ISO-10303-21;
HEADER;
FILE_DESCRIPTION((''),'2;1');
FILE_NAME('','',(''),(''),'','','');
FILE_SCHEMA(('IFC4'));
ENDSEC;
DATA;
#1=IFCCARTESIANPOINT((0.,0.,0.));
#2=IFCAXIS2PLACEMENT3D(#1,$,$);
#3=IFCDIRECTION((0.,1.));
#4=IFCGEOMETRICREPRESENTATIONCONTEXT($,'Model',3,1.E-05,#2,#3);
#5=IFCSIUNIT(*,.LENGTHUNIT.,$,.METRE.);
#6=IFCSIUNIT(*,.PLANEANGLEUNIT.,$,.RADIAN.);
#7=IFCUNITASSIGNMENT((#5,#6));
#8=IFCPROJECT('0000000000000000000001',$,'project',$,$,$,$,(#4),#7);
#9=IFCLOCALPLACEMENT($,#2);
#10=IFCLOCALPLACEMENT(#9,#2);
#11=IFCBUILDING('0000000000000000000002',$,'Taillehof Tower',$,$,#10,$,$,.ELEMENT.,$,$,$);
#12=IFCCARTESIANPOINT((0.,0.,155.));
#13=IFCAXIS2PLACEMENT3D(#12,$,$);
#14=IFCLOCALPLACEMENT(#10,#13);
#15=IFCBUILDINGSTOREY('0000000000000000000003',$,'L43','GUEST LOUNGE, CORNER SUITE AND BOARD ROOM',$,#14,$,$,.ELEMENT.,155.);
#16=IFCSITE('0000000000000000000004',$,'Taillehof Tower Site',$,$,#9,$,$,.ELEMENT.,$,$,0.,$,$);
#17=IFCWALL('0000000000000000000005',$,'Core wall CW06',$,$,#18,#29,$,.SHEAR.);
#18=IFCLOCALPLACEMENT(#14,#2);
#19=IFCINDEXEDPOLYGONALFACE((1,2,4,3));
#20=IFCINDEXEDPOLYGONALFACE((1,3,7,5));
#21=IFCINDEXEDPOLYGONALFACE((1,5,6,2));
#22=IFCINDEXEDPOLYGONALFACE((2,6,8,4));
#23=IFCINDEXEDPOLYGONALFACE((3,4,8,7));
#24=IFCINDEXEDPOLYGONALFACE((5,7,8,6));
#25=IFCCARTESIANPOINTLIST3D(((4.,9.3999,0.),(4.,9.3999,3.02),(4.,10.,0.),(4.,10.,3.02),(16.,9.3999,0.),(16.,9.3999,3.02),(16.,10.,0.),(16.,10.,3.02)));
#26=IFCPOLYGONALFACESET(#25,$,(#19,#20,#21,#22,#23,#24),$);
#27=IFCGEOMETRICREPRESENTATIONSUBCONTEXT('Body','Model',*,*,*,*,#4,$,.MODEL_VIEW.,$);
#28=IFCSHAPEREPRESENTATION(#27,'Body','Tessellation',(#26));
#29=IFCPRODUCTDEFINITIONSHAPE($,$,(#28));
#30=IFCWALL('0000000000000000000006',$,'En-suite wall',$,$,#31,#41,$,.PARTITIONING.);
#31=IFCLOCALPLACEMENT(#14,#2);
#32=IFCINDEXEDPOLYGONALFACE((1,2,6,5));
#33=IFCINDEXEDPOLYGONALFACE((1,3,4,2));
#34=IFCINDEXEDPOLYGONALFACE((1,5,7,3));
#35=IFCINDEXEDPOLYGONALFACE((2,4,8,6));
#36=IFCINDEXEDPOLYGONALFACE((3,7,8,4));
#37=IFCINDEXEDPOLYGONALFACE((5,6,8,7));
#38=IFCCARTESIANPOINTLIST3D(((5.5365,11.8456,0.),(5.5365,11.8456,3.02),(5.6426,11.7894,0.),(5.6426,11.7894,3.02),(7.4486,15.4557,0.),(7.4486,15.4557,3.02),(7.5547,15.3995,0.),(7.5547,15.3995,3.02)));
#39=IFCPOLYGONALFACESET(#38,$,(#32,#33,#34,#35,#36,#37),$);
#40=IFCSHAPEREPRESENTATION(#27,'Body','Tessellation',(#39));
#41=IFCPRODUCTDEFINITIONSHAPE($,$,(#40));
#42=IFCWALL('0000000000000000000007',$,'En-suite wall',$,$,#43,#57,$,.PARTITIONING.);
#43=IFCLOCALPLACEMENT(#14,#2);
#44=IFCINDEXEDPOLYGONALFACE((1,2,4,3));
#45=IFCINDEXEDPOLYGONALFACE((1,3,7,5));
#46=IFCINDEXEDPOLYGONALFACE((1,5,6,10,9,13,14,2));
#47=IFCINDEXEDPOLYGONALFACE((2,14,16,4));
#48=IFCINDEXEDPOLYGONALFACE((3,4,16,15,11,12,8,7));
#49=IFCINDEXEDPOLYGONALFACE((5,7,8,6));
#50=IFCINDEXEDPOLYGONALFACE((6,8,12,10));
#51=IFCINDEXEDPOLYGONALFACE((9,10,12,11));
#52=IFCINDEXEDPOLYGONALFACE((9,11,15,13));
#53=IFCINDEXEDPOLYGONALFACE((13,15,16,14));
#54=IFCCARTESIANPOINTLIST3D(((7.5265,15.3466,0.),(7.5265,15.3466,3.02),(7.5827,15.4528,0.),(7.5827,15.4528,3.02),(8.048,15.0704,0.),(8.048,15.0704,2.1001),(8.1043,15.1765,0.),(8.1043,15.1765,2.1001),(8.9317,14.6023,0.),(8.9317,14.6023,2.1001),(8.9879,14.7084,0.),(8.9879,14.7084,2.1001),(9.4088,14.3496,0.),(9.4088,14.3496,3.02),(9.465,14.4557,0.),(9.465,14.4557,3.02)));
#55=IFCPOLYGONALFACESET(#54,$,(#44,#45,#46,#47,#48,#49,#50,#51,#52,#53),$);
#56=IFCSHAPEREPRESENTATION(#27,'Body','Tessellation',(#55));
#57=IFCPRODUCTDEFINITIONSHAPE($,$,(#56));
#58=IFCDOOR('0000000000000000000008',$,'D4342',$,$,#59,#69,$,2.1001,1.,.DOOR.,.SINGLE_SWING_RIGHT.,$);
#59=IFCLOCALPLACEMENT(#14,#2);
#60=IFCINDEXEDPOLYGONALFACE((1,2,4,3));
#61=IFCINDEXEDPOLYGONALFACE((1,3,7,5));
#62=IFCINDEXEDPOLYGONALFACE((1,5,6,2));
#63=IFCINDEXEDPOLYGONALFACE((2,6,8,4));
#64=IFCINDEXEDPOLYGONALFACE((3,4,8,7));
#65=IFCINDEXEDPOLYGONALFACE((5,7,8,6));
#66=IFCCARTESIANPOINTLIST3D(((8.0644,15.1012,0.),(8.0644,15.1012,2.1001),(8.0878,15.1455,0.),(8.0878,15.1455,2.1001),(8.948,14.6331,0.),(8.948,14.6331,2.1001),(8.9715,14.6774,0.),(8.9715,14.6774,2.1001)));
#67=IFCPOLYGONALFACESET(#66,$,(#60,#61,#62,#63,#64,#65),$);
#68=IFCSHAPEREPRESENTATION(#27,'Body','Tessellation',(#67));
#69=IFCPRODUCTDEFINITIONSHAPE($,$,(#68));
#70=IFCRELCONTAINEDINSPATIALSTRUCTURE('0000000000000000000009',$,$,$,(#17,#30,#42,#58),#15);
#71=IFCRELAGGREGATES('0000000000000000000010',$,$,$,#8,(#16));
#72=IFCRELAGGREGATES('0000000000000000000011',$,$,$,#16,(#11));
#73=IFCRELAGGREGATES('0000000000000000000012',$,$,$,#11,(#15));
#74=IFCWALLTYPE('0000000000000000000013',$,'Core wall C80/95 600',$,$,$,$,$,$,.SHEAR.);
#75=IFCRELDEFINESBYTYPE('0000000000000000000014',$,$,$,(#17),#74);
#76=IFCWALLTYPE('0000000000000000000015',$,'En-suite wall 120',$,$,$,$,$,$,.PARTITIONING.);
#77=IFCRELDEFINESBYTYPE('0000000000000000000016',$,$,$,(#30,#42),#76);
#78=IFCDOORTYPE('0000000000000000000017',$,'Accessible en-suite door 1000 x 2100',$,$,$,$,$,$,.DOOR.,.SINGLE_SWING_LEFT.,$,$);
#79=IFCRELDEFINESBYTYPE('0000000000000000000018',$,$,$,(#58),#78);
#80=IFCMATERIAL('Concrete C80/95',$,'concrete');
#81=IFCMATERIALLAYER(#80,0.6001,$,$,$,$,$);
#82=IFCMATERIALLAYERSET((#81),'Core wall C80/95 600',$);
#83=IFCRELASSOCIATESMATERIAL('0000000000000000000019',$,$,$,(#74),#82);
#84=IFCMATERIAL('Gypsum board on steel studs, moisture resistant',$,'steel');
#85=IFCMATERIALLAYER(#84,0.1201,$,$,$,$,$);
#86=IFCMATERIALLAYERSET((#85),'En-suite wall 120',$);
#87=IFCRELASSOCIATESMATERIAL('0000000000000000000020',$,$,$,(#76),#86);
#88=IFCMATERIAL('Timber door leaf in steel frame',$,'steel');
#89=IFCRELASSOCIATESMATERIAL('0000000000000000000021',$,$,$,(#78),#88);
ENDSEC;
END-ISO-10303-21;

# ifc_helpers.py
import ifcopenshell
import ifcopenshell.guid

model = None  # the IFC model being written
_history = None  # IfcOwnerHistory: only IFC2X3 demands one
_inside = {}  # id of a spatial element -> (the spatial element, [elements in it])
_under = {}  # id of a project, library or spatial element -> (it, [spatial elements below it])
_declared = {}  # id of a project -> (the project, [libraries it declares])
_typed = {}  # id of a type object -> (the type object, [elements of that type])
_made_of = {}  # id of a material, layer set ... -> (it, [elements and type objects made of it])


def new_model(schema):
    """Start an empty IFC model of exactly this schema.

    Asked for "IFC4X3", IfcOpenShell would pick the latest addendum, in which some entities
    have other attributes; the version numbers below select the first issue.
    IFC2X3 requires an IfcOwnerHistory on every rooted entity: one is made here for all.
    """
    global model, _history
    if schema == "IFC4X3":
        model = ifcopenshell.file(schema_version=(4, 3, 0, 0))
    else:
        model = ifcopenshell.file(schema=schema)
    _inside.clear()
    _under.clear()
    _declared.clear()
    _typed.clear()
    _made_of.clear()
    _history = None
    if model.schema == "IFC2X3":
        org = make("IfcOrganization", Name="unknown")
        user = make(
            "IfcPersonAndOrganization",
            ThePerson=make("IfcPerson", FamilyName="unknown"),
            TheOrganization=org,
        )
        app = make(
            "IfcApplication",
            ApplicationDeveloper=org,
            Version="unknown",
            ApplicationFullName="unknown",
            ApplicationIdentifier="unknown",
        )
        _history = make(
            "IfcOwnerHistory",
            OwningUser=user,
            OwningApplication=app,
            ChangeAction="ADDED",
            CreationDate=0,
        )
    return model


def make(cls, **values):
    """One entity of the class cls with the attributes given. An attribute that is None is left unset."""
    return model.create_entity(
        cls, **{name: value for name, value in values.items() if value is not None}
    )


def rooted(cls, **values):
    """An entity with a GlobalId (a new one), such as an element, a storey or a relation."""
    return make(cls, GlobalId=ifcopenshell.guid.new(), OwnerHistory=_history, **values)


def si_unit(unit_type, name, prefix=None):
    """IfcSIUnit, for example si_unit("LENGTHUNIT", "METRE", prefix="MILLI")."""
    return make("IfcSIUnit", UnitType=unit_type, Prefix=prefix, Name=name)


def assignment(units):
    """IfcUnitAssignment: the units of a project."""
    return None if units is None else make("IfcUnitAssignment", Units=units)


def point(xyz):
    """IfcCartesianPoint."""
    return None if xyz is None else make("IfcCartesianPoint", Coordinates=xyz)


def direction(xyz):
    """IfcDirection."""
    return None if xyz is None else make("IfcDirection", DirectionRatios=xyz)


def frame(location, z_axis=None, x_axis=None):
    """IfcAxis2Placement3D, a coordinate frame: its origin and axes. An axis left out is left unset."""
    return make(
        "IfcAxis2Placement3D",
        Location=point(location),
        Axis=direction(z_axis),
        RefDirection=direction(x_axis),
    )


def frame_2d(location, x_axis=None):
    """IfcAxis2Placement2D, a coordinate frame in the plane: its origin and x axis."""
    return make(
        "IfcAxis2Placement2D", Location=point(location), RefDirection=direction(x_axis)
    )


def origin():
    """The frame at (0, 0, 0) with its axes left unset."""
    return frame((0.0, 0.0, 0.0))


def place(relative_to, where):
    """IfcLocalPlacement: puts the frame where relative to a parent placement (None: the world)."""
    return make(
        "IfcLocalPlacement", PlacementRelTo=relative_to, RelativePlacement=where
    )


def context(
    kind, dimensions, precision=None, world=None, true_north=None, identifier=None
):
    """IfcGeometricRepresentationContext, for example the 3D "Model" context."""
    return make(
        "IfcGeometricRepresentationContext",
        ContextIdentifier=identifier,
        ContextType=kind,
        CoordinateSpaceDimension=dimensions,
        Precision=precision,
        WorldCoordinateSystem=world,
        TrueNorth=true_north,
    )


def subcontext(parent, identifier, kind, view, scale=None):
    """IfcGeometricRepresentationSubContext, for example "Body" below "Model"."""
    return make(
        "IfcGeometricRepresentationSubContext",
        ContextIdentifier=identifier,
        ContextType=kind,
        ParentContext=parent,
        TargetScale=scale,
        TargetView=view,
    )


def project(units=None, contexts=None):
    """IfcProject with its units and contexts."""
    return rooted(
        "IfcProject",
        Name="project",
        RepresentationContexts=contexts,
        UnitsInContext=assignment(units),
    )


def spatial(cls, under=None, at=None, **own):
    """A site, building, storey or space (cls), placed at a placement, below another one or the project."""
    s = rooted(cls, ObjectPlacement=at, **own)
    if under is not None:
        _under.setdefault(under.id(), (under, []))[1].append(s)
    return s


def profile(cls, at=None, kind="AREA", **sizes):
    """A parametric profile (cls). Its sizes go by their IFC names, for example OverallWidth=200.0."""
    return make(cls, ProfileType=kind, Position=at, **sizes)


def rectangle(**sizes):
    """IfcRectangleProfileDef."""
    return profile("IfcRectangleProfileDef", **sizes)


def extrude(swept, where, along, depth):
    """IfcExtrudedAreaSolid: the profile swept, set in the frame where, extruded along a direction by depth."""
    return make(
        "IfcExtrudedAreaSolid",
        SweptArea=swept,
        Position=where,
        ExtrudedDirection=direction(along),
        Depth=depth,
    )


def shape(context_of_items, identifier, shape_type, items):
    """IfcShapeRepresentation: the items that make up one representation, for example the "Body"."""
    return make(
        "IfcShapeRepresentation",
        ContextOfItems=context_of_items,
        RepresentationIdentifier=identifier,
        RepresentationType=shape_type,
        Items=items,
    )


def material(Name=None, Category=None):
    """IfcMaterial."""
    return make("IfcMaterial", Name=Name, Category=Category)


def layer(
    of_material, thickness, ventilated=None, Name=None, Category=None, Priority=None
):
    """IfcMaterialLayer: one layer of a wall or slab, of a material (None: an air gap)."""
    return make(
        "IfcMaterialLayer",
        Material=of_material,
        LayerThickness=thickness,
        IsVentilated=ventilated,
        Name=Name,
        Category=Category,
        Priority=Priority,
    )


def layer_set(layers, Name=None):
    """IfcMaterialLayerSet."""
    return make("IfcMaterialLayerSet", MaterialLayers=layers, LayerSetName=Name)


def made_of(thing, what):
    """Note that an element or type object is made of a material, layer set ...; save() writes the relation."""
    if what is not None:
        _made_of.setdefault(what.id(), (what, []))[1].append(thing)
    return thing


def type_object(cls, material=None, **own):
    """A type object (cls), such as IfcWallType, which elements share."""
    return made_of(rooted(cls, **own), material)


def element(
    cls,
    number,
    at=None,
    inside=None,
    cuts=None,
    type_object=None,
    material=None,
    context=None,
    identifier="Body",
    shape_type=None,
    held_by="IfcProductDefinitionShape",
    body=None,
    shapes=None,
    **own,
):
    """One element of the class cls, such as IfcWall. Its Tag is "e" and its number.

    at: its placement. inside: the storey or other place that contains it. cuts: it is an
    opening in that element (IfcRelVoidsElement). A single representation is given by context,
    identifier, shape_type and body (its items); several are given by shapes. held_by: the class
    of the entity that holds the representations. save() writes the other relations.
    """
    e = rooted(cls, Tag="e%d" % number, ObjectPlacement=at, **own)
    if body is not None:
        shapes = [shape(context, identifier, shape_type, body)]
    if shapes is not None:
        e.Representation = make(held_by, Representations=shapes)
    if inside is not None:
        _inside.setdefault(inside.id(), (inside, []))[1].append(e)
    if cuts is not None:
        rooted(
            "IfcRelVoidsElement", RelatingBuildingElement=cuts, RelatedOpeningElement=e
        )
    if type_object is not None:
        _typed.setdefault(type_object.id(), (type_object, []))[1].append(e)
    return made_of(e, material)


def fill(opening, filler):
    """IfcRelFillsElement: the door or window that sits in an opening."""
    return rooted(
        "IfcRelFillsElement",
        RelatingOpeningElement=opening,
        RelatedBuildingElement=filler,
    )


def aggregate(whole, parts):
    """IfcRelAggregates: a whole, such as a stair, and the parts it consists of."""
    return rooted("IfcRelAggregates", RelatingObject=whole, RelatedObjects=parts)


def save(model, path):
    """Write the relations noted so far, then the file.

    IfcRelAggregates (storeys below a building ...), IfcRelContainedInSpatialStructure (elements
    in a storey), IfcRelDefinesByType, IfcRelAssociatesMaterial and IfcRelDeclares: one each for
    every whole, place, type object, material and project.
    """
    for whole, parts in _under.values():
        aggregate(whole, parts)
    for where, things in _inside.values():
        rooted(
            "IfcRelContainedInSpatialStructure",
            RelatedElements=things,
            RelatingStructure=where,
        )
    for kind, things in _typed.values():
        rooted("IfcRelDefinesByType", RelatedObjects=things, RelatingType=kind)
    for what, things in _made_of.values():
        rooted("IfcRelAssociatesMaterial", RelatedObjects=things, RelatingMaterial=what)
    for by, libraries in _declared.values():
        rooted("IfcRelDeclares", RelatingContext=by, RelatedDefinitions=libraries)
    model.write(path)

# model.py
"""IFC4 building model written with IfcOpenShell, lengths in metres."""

from ifc_helpers import new_model, si_unit, direction, frame, frame_2d, origin, place, context, subcontext, project, spatial, rectangle, extrude, material, layer, layer_set, type_object, element, fill, save


model = new_model("IFC4")

# Units and contexts
model_context = context("Model", 3, precision=1e-05, world=origin(), true_north=direction((0.0, 1.0)))
body_context = subcontext(model_context, "Body", "Model", "MODEL_VIEW")
ifc_project = project(units=[si_unit("LENGTHUNIT", "METRE"), si_unit("PLANEANGLEUNIT", "RADIAN")], contexts=[model_context])

# Site, building, storey
site_placement = place(None, origin())
site = spatial("IfcSite", under=ifc_project, at=site_placement, Name="Taillehof Tower Site", CompositionType="ELEMENT", RefElevation=0.0)
building_placement = place(site_placement, origin())
building = spatial("IfcBuilding", under=site, at=building_placement, Name="Taillehof Tower", CompositionType="ELEMENT")
storey_placement = place(building_placement, frame((0.0, 0.0, 155.0)))
storey = spatial("IfcBuildingStorey", under=building, at=storey_placement, Name="L43", Description="GUEST LOUNGE, CORNER SUITE AND BOARD ROOM", CompositionType="ELEMENT", Elevation=155.0)

# Walls
ifc_material_1 = material(Name="Concrete C80/95", Category="concrete")
ifc_layer_1 = layer(ifc_material_1, 0.6001)
ifc_layer_set_1 = layer_set([ifc_layer_1], Name="Core wall C80/95 600")
wall_type_1 = type_object("IfcWallType", Name="Core wall C80/95 600", PredefinedType="SHEAR", material=ifc_layer_set_1)
wall_1_placement = place(storey_placement, frame((4.0, 9.7, 0.0), z_axis=(0.0, 0.0, 1.0), x_axis=(1.0, 0.0, 0.0)))
element("IfcWall", 1, at=wall_1_placement, inside=storey, type_object=wall_type_1, Name="Core wall CW06", PredefinedType="SHEAR", context=body_context, shape_type="SweptSolid", body=[
    extrude(rectangle(XDim=12.0, YDim=0.6001, at=frame_2d((6.0, 0.0))), origin(), (0.0, 0.0, 1.0), 3.02),
])
ifc_material_2 = material(Name="Gypsum board on steel studs, moisture resistant", Category="steel")
ifc_layer_2 = layer(ifc_material_2, 0.1201)
ifc_layer_set_2 = layer_set([ifc_layer_2], Name="En-suite wall 120")
wall_type_2 = type_object("IfcWallType", Name="En-suite wall 120", PredefinedType="PARTITIONING", material=ifc_layer_set_2)
wall_2_placement = place(storey_placement, frame((5.5896, 11.8176, 0.0), z_axis=(0.0, 0.0, 1.0), x_axis=(0.468055, 0.883699, 0.0)))
element("IfcWall", 2, at=wall_2_placement, inside=storey, type_object=wall_type_2, Name="En-suite wall", PredefinedType="PARTITIONING", context=body_context, shape_type="SweptSolid", body=[
    extrude(rectangle(XDim=4.0852, YDim=0.1201, at=frame_2d((2.0425, 0.0))), origin(), (0.0, 0.0, 1.0), 3.02),
])

# Wall, opening, door
wall_3_placement = place(storey_placement, frame((7.5547, 15.3997, 0.0), z_axis=(0.0, 0.0, 1.0), x_axis=(0.883682, -0.468088, 0.0)))
wall_3 = element("IfcWall", 3, at=wall_3_placement, inside=storey, type_object=wall_type_2, Name="En-suite wall", PredefinedType="PARTITIONING", context=body_context, shape_type="SweptSolid", body=[
    extrude(rectangle(XDim=2.1301, YDim=0.1201, at=frame_2d((1.0649, 0.0))), origin(), (0.0, 0.0, 1.0), 3.02),
])
opening_1_placement = place(wall_3_placement, frame((0.5901, 0.0, 0.0)))
opening_1 = element("IfcOpeningElement", 4, at=opening_1_placement, cuts=wall_3, PredefinedType="OPENING", context=body_context, shape_type="SweptSolid", body=[
    extrude(rectangle(XDim=1.0, YDim=2.1001, at=frame_2d((0.5, 1.05))), frame((0.0, 0.0701, 0.0), z_axis=(0.0, -1.0, 0.0), x_axis=(1.0, 0.0, 0.0)), (0.0, 0.0, 1.0), 0.1401),
])
ifc_material_3 = material(Name="Timber door leaf in steel frame", Category="steel")
door_type_1 = type_object("IfcDoorType", Name="Accessible en-suite door 1000 x 2100", OperationType="SINGLE_SWING_LEFT", PredefinedType="DOOR", material=ifc_material_3)
door_1_placement = place(opening_1_placement, origin())
door_1 = element("IfcDoor", 5, at=door_1_placement, inside=storey, type_object=door_type_1, Name="D4342", OperationType="SINGLE_SWING_RIGHT", OverallHeight=2.1001, OverallWidth=1.0, PredefinedType="DOOR", context=body_context, shape_type="SweptSolid", body=[
    extrude(rectangle(XDim=1.0, YDim=2.1001, at=frame_2d((0.5, 1.05))), frame((0.0, 0.0249, 0.0), z_axis=(0.0, -1.0, 0.0), x_axis=(1.0, 0.0, 0.0)), (0.0, 0.0, 1.0), 0.05),
])
fill(opening_1, door_1)

save(model, "model.ifc")
